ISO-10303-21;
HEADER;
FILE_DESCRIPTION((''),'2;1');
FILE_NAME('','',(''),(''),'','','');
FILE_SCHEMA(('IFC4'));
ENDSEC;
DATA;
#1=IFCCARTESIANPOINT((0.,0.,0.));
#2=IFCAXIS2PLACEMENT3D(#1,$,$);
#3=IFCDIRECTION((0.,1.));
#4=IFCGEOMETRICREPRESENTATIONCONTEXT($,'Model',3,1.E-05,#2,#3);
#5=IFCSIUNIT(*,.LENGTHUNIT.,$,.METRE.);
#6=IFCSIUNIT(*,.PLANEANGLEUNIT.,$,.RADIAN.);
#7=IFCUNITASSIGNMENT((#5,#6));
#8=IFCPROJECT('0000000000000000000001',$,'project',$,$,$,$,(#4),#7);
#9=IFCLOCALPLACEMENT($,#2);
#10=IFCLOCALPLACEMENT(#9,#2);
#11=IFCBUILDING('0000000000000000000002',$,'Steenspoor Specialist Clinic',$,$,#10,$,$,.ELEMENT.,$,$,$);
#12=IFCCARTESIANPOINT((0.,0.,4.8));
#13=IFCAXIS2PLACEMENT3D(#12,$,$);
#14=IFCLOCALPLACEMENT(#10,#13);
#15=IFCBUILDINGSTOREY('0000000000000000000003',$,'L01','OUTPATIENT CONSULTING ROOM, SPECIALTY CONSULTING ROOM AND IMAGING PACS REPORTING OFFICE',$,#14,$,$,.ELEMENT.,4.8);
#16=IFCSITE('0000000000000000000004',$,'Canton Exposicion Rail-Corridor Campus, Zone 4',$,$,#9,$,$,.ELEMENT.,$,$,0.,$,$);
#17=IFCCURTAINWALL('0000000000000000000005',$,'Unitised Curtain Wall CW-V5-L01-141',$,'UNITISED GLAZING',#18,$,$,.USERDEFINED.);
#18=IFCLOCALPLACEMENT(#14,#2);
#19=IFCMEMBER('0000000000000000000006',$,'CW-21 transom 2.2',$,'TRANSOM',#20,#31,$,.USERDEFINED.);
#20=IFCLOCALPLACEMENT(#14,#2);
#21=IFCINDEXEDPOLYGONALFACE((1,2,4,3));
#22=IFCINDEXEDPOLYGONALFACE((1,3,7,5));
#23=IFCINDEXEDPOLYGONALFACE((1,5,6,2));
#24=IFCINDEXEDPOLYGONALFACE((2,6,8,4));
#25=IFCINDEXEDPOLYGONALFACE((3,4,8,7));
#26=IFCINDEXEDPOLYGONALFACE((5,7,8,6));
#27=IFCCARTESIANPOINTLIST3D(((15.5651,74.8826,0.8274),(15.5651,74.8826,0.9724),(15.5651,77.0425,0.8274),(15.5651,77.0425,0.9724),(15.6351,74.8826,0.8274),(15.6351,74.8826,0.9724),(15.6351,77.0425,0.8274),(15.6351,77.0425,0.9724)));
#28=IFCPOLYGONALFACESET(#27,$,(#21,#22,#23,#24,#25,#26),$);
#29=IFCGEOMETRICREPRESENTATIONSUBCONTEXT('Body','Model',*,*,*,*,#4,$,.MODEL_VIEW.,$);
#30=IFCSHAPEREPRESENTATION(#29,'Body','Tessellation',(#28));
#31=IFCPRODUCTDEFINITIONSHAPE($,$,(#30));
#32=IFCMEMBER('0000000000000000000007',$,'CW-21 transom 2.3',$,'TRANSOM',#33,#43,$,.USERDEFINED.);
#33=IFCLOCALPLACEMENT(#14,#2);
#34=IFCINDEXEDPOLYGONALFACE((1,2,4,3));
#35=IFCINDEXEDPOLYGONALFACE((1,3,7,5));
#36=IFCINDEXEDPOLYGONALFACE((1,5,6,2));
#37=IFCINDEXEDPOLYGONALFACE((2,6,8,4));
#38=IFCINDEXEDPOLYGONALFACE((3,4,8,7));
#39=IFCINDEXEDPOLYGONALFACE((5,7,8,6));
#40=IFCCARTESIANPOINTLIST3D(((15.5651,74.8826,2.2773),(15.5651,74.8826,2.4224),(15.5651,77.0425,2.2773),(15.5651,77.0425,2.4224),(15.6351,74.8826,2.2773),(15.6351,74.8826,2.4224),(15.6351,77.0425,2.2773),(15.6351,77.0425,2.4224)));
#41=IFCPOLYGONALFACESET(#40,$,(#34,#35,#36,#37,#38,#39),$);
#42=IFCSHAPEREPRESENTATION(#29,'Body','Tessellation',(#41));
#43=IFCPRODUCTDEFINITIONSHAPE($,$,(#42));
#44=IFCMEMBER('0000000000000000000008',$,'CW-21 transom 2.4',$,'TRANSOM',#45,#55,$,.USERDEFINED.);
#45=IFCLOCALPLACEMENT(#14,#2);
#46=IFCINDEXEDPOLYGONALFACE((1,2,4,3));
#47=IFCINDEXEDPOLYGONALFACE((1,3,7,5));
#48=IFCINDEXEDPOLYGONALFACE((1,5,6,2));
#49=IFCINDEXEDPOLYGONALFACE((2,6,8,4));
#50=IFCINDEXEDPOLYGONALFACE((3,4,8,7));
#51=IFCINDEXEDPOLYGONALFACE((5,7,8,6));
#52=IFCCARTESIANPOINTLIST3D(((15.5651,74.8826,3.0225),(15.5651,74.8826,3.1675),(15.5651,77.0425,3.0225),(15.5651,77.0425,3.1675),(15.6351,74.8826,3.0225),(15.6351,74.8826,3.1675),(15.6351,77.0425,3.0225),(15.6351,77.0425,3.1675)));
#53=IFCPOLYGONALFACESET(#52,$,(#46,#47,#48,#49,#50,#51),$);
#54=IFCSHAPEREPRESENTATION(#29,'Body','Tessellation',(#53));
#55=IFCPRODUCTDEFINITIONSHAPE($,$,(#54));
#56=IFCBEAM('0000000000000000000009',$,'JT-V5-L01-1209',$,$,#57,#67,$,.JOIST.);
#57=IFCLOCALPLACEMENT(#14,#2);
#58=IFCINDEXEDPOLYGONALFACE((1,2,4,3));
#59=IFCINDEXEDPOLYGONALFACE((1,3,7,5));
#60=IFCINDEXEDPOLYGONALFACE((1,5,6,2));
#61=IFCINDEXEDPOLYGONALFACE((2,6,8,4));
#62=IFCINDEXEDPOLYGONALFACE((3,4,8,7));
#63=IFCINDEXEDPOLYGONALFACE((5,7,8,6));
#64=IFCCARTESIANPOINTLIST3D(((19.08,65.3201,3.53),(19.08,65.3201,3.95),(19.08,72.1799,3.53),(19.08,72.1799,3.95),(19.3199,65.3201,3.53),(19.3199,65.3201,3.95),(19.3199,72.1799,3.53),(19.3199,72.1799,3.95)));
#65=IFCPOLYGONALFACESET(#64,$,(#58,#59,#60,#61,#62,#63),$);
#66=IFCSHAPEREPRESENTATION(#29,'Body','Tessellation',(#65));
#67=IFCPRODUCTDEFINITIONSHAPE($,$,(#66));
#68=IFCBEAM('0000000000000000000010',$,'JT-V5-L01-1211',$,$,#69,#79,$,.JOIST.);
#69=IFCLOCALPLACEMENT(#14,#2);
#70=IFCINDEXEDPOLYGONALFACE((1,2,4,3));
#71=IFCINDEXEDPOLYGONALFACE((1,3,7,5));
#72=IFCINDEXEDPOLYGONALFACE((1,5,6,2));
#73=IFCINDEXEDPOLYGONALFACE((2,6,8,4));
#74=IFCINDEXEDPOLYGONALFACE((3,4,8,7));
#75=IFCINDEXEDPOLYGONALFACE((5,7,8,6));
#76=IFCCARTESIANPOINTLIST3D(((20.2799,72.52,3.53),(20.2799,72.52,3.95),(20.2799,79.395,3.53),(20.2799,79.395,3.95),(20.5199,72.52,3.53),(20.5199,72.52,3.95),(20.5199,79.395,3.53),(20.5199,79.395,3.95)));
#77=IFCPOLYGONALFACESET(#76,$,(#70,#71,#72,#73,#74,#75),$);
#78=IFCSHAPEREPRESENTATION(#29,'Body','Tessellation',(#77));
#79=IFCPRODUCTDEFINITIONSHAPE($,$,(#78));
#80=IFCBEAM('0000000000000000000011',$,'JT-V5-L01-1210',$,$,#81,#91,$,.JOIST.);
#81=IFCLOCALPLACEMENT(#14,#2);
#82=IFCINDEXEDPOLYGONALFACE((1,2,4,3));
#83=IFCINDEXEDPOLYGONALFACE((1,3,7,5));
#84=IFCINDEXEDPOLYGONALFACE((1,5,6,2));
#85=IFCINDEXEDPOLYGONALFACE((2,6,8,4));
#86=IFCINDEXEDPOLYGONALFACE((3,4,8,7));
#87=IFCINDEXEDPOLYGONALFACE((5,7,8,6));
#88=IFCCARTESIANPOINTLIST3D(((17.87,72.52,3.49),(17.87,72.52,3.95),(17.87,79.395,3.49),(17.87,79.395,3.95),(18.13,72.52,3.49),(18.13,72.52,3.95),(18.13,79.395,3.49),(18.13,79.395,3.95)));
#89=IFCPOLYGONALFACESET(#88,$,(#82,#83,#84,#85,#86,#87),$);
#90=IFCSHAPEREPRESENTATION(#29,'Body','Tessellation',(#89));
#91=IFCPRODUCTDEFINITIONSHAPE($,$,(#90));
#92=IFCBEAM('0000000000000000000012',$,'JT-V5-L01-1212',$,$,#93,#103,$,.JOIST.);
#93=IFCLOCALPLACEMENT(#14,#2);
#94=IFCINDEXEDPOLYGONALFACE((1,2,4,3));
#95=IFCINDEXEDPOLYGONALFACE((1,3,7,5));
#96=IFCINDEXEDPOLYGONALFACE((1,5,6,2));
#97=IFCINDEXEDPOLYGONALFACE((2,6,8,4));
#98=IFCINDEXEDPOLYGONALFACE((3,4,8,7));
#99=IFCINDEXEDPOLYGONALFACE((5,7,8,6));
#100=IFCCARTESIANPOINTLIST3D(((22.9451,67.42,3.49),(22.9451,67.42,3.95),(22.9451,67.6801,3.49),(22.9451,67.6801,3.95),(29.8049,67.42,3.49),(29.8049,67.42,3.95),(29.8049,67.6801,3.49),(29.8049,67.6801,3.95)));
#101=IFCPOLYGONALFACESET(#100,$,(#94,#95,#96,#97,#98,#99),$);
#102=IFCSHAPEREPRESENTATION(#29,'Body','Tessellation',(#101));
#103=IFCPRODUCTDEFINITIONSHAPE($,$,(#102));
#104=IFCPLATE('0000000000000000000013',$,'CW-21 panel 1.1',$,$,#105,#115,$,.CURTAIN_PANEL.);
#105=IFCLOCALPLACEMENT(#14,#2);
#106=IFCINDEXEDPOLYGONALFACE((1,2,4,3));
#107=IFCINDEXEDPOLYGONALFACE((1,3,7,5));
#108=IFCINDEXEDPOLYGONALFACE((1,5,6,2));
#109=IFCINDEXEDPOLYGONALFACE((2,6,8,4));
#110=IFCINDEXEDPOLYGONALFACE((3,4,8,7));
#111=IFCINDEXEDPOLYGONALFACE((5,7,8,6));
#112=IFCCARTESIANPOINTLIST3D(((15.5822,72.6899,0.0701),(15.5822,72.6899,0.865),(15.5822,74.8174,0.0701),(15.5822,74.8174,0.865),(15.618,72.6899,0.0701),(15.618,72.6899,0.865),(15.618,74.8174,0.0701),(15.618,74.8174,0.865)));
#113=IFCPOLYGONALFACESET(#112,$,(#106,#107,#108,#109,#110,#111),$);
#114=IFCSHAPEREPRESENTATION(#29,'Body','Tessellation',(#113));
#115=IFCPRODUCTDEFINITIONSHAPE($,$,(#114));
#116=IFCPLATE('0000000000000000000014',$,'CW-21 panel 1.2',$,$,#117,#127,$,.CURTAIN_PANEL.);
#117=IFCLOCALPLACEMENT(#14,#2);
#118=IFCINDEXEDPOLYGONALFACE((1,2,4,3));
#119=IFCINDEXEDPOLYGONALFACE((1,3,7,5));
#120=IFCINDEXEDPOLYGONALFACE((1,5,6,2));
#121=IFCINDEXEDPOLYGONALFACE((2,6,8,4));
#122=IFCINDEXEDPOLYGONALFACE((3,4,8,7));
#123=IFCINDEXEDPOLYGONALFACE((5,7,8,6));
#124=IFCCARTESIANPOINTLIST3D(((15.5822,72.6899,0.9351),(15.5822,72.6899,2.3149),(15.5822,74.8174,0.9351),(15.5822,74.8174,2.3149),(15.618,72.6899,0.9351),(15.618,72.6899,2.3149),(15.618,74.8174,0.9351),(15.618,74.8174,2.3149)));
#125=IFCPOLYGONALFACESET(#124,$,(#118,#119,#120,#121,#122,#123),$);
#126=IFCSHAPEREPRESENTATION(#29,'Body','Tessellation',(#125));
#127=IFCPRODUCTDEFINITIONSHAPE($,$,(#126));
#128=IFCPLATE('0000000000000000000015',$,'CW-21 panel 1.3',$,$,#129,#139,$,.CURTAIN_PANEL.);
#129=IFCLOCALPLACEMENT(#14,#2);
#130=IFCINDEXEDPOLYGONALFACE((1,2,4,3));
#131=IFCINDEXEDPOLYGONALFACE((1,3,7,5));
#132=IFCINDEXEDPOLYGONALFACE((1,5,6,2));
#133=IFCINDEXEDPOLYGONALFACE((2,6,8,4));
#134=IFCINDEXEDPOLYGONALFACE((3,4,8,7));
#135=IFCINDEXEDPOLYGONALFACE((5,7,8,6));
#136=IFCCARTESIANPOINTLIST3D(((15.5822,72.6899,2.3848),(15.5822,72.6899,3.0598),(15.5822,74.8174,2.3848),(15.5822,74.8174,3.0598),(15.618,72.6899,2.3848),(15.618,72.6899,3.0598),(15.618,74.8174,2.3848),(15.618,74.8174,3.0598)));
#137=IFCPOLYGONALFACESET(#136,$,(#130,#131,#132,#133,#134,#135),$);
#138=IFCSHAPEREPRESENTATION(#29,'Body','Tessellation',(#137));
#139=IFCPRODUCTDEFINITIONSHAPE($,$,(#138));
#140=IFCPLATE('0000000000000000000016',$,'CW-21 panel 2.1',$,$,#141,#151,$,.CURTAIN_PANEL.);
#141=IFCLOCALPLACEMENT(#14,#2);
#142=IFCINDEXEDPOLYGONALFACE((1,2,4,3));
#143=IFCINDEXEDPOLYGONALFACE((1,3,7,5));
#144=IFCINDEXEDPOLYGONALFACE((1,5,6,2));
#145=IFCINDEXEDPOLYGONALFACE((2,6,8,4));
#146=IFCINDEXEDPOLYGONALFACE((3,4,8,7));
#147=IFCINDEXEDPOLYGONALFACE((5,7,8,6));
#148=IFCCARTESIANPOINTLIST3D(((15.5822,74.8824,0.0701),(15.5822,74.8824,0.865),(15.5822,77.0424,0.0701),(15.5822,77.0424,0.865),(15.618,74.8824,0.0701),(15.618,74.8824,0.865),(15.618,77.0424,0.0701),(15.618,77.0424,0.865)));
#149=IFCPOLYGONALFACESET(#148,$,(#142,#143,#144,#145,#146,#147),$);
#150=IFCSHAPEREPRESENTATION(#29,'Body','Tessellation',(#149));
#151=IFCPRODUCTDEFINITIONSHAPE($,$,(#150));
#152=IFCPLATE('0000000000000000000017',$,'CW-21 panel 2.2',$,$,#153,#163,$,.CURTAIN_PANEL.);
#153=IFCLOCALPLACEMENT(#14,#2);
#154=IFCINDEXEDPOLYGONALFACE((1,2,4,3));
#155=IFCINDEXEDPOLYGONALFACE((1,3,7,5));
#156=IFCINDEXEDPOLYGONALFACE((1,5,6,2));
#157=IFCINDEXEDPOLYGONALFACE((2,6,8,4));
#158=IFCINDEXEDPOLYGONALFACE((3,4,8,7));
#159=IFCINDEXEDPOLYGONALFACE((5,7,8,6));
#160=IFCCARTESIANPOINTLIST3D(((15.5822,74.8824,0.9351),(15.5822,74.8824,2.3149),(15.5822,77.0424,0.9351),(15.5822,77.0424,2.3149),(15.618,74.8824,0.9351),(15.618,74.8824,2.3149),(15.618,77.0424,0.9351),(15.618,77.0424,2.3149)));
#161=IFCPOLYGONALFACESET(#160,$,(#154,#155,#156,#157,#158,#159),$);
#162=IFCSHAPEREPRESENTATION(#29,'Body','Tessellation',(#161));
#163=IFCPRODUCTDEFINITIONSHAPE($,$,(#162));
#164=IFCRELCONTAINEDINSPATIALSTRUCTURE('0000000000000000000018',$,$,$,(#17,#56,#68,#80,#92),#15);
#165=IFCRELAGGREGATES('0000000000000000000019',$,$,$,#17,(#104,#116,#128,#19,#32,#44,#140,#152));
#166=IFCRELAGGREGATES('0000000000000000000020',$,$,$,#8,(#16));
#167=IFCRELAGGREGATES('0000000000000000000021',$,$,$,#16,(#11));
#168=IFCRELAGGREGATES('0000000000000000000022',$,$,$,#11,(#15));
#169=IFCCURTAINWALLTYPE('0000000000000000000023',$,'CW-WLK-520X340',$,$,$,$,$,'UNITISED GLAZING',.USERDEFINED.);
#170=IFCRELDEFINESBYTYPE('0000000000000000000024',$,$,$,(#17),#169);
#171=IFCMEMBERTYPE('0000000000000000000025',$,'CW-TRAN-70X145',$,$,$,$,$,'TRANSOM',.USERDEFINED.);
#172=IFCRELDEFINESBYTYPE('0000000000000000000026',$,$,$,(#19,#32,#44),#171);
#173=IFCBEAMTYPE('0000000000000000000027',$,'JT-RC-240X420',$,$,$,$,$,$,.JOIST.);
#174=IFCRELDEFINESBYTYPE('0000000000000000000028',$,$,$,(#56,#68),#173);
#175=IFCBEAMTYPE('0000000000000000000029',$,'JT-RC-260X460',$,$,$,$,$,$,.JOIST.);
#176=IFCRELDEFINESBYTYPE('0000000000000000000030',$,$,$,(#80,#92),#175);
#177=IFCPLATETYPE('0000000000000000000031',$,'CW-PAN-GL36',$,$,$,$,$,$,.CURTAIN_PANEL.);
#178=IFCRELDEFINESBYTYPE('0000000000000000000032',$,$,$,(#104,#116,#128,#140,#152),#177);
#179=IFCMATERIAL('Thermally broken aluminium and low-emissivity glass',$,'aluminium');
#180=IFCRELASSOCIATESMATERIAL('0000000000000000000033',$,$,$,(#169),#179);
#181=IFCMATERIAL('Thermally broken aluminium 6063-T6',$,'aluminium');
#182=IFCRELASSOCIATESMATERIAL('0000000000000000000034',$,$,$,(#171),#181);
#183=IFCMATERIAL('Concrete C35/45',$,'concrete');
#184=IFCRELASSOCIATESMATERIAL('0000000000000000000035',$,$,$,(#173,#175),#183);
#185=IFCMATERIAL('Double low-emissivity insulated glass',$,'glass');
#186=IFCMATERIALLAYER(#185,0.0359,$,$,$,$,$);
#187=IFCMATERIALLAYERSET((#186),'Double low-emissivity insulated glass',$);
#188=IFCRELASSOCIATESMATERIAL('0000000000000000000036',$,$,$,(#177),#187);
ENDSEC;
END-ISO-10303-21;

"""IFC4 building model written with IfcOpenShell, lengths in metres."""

from ifc_helpers import new_model, si_unit, direction, frame, origin, origin_2d, place, context, subcontext, project, spatial, rectangle, extrude, material, layer, layer_set, material_profile, profile_set, type_object, element, aggregate, save


model = new_model("IFC4")

# Units and contexts
model_context = context("Model", 3, precision=1e-05, world=origin(), true_north=direction((0.0, 1.0)))
body_context = subcontext(model_context, "Body", "Model", "MODEL_VIEW")
ifc_project = project(units=[si_unit("LENGTHUNIT", "METRE"), si_unit("PLANEANGLEUNIT", "RADIAN")], contexts=[model_context])

# Site, building, storey
site_placement = place(None, origin())
site = spatial("IfcSite", under=ifc_project, at=site_placement, Name="Canton Exposicion Rail-Corridor Campus, Zone 4", CompositionType="ELEMENT", RefElevation=0.0)
building_placement = place(site_placement, origin())
building = spatial("IfcBuilding", under=site, at=building_placement, Name="Steenspoor Specialist Clinic", CompositionType="ELEMENT")
storey_placement = place(building_placement, frame((0.0, 0.0, 4.8)))
storey = spatial("IfcBuildingStorey", under=building, at=storey_placement, Name="L01", Description="OUTPATIENT CONSULTING ROOM, SPECIALTY CONSULTING ROOM AND IMAGING PACS REPORTING OFFICE", CompositionType="ELEMENT", Elevation=4.8)

# Shared definitions
ifc_material_1 = material(Name="Concrete C35/45", Category="concrete")

# Curtain wall, members
ifc_material_2 = material(Name="Thermally broken aluminium and low-emissivity glass", Category="aluminium")
curtain_wall_type = type_object("IfcCurtainWallType", Name="CW-WLK-520X340", ElementType="UNITISED GLAZING", PredefinedType="USERDEFINED", material=ifc_material_2)
curtain_wall_placement = place(storey_placement, origin())
curtain_wall = element("IfcCurtainWall", 1, at=curtain_wall_placement, inside=storey, type_object=curtain_wall_type, Name="Unitised Curtain Wall CW-V5-L01-141", ObjectType="UNITISED GLAZING", PredefinedType="USERDEFINED")
ifc_material_3 = material(Name="Thermally broken aluminium 6063-T6", Category="aluminium")
ifc_material_profile_1 = material_profile(ifc_material_3, rectangle(XDim=0.0701, YDim=0.145, at=origin_2d()), Name="CWT-70X145")
ifc_profile_set_1 = profile_set([ifc_material_profile_1], Name="Thermally broken aluminium 6063-T6")
member_type_1 = type_object("IfcMemberType", Name="CW-TRAN-70X145", ElementType="TRANSOM", PredefinedType="USERDEFINED", material=ifc_profile_set_1)
member_1_placement = place(storey_placement, frame((15.6001, 74.8826, 0.8999), z_axis=(0.0, 1.0, 0.0), x_axis=(-1.0, 0.0, 0.0)))
member_1 = element("IfcMember", 2, at=member_1_placement, type_object=member_type_1, Name="CW-21 transom 2.2", ObjectType="TRANSOM", PredefinedType="USERDEFINED", context=body_context, shape_type="SweptSolid", body=[
    extrude(rectangle(XDim=0.0701, YDim=0.145, at=origin_2d()), origin(), (0.0, 0.0, 1.0), 2.1599),
])
member_2_placement = place(storey_placement, frame((15.6001, 74.8826, 2.3499), z_axis=(0.0, 1.0, 0.0), x_axis=(-1.0, 0.0, 0.0)))
member_2 = element("IfcMember", 3, at=member_2_placement, type_object=member_type_1, Name="CW-21 transom 2.3", ObjectType="TRANSOM", PredefinedType="USERDEFINED", context=body_context, shape_type="SweptSolid", body=[
    extrude(rectangle(XDim=0.0701, YDim=0.145, at=origin_2d()), origin(), (0.0, 0.0, 1.0), 2.1599),
])
member_3_placement = place(storey_placement, frame((15.6001, 74.8826, 3.095), z_axis=(0.0, 1.0, 0.0), x_axis=(-1.0, 0.0, 0.0)))
member_3 = element("IfcMember", 4, at=member_3_placement, type_object=member_type_1, Name="CW-21 transom 2.4", ObjectType="TRANSOM", PredefinedType="USERDEFINED", context=body_context, shape_type="SweptSolid", body=[
    extrude(rectangle(XDim=0.0701, YDim=0.145, at=origin_2d()), origin(), (0.0, 0.0, 1.0), 2.1599),
])

# Beams
ifc_material_profile_2 = material_profile(ifc_material_1, rectangle(XDim=0.24, YDim=0.4199, at=origin_2d()), Name="RC-JT-240X420")
ifc_profile_set_2 = profile_set([ifc_material_profile_2], Name="Concrete C35/45")
beam_type_1 = type_object("IfcBeamType", Name="JT-RC-240X420", PredefinedType="JOIST", material=ifc_profile_set_2)
beam_1_placement = place(storey_placement, frame((19.2, 65.3201, 3.74), z_axis=(0.0, 1.0, 0.0), x_axis=(-1.0, 0.0, 0.0)))
element("IfcBeam", 5, at=beam_1_placement, inside=storey, type_object=beam_type_1, Name="JT-V5-L01-1209", PredefinedType="JOIST", context=body_context, shape_type="SweptSolid", body=[
    extrude(rectangle(XDim=0.24, YDim=0.4199, at=origin_2d()), origin(), (0.0, 0.0, 1.0), 6.8599),
])
beam_2_placement = place(storey_placement, frame((20.3999, 72.52, 3.74), z_axis=(0.0, 1.0, 0.0), x_axis=(-1.0, 0.0, 0.0)))
element("IfcBeam", 6, at=beam_2_placement, inside=storey, type_object=beam_type_1, Name="JT-V5-L01-1211", PredefinedType="JOIST", context=body_context, shape_type="SweptSolid", body=[
    extrude(rectangle(XDim=0.24, YDim=0.4199, at=origin_2d()), origin(), (0.0, 0.0, 1.0), 6.875),
])
ifc_material_profile_3 = material_profile(ifc_material_1, rectangle(XDim=0.26, YDim=0.46, at=origin_2d()), Name="RC-JT-260X460")
ifc_profile_set_3 = profile_set([ifc_material_profile_3], Name="Concrete C35/45")
beam_type_2 = type_object("IfcBeamType", Name="JT-RC-260X460", PredefinedType="JOIST", material=ifc_profile_set_3)
beam_3_placement = place(storey_placement, frame((18.0, 72.52, 3.72), z_axis=(0.0, 1.0, 0.0), x_axis=(-1.0, 0.0, 0.0)))
element("IfcBeam", 7, at=beam_3_placement, inside=storey, type_object=beam_type_2, Name="JT-V5-L01-1210", PredefinedType="JOIST", context=body_context, shape_type="SweptSolid", body=[
    extrude(rectangle(XDim=0.26, YDim=0.46, at=origin_2d()), origin(), (0.0, 0.0, 1.0), 6.875),
])
beam_4_placement = place(storey_placement, frame((22.9451, 67.55, 3.72), z_axis=(1.0, 0.0, 0.0), x_axis=(0.0, 1.0, 0.0)))
element("IfcBeam", 8, at=beam_4_placement, inside=storey, type_object=beam_type_2, Name="JT-V5-L01-1212", PredefinedType="JOIST", context=body_context, shape_type="SweptSolid", body=[
    extrude(rectangle(XDim=0.26, YDim=0.46, at=origin_2d()), origin(), (0.0, 0.0, 1.0), 6.8599),
])

# Plates
ifc_material_4 = material(Name="Double low-emissivity insulated glass", Category="glass")
ifc_layer_1 = layer(ifc_material_4, 0.0359)
ifc_layer_set_1 = layer_set([ifc_layer_1], Name="Double low-emissivity insulated glass")
plate_type = type_object("IfcPlateType", Name="CW-PAN-GL36", PredefinedType="CURTAIN_PANEL", material=ifc_layer_set_1)
plate_1_placement = place(storey_placement, frame((15.6001, 73.7537, 0.0701), z_axis=(0.0, 0.0, 1.0), x_axis=(0.0, 1.0, 0.0)))
plate_1 = element("IfcPlate", 9, at=plate_1_placement, type_object=plate_type, Name="CW-21 panel 1.1", PredefinedType="CURTAIN_PANEL", context=body_context, shape_type="SweptSolid", body=[
    extrude(rectangle(XDim=2.1274, YDim=0.0359, at=origin_2d()), origin(), (0.0, 0.0, 1.0), 0.7949),
])
plate_2_placement = place(storey_placement, frame((15.6001, 73.7537, 0.9351), z_axis=(0.0, 0.0, 1.0), x_axis=(0.0, 1.0, 0.0)))
plate_2 = element("IfcPlate", 10, at=plate_2_placement, type_object=plate_type, Name="CW-21 panel 1.2", PredefinedType="CURTAIN_PANEL", context=body_context, shape_type="SweptSolid", body=[
    extrude(rectangle(XDim=2.1274, YDim=0.0359, at=origin_2d()), origin(), (0.0, 0.0, 1.0), 1.3799),
])
plate_3_placement = place(storey_placement, frame((15.6001, 73.7537, 2.3848), z_axis=(0.0, 0.0, 1.0), x_axis=(0.0, 1.0, 0.0)))
plate_3 = element("IfcPlate", 11, at=plate_3_placement, type_object=plate_type, Name="CW-21 panel 1.3", PredefinedType="CURTAIN_PANEL", context=body_context, shape_type="SweptSolid", body=[
    extrude(rectangle(XDim=2.1274, YDim=0.0359, at=origin_2d()), origin(), (0.0, 0.0, 1.0), 0.675),
])
plate_4_placement = place(storey_placement, frame((15.6001, 75.9624, 0.0701), z_axis=(0.0, 0.0, 1.0), x_axis=(0.0, 1.0, 0.0)))
plate_4 = element("IfcPlate", 12, at=plate_4_placement, type_object=plate_type, Name="CW-21 panel 2.1", PredefinedType="CURTAIN_PANEL", context=body_context, shape_type="SweptSolid", body=[
    extrude(rectangle(XDim=2.1599, YDim=0.0359, at=origin_2d()), origin(), (0.0, 0.0, 1.0), 0.7949),
])
plate_5_placement = place(storey_placement, frame((15.6001, 75.9624, 0.9351), z_axis=(0.0, 0.0, 1.0), x_axis=(0.0, 1.0, 0.0)))
plate_5 = element("IfcPlate", 13, at=plate_5_placement, type_object=plate_type, Name="CW-21 panel 2.2", PredefinedType="CURTAIN_PANEL", context=body_context, shape_type="SweptSolid", body=[
    extrude(rectangle(XDim=2.1599, YDim=0.0359, at=origin_2d()), origin(), (0.0, 0.0, 1.0), 1.3799),
])
aggregate(curtain_wall, [plate_1, plate_2, plate_3, member_1, member_2, member_3, plate_4, plate_5])

save(model, "model.ifc")
